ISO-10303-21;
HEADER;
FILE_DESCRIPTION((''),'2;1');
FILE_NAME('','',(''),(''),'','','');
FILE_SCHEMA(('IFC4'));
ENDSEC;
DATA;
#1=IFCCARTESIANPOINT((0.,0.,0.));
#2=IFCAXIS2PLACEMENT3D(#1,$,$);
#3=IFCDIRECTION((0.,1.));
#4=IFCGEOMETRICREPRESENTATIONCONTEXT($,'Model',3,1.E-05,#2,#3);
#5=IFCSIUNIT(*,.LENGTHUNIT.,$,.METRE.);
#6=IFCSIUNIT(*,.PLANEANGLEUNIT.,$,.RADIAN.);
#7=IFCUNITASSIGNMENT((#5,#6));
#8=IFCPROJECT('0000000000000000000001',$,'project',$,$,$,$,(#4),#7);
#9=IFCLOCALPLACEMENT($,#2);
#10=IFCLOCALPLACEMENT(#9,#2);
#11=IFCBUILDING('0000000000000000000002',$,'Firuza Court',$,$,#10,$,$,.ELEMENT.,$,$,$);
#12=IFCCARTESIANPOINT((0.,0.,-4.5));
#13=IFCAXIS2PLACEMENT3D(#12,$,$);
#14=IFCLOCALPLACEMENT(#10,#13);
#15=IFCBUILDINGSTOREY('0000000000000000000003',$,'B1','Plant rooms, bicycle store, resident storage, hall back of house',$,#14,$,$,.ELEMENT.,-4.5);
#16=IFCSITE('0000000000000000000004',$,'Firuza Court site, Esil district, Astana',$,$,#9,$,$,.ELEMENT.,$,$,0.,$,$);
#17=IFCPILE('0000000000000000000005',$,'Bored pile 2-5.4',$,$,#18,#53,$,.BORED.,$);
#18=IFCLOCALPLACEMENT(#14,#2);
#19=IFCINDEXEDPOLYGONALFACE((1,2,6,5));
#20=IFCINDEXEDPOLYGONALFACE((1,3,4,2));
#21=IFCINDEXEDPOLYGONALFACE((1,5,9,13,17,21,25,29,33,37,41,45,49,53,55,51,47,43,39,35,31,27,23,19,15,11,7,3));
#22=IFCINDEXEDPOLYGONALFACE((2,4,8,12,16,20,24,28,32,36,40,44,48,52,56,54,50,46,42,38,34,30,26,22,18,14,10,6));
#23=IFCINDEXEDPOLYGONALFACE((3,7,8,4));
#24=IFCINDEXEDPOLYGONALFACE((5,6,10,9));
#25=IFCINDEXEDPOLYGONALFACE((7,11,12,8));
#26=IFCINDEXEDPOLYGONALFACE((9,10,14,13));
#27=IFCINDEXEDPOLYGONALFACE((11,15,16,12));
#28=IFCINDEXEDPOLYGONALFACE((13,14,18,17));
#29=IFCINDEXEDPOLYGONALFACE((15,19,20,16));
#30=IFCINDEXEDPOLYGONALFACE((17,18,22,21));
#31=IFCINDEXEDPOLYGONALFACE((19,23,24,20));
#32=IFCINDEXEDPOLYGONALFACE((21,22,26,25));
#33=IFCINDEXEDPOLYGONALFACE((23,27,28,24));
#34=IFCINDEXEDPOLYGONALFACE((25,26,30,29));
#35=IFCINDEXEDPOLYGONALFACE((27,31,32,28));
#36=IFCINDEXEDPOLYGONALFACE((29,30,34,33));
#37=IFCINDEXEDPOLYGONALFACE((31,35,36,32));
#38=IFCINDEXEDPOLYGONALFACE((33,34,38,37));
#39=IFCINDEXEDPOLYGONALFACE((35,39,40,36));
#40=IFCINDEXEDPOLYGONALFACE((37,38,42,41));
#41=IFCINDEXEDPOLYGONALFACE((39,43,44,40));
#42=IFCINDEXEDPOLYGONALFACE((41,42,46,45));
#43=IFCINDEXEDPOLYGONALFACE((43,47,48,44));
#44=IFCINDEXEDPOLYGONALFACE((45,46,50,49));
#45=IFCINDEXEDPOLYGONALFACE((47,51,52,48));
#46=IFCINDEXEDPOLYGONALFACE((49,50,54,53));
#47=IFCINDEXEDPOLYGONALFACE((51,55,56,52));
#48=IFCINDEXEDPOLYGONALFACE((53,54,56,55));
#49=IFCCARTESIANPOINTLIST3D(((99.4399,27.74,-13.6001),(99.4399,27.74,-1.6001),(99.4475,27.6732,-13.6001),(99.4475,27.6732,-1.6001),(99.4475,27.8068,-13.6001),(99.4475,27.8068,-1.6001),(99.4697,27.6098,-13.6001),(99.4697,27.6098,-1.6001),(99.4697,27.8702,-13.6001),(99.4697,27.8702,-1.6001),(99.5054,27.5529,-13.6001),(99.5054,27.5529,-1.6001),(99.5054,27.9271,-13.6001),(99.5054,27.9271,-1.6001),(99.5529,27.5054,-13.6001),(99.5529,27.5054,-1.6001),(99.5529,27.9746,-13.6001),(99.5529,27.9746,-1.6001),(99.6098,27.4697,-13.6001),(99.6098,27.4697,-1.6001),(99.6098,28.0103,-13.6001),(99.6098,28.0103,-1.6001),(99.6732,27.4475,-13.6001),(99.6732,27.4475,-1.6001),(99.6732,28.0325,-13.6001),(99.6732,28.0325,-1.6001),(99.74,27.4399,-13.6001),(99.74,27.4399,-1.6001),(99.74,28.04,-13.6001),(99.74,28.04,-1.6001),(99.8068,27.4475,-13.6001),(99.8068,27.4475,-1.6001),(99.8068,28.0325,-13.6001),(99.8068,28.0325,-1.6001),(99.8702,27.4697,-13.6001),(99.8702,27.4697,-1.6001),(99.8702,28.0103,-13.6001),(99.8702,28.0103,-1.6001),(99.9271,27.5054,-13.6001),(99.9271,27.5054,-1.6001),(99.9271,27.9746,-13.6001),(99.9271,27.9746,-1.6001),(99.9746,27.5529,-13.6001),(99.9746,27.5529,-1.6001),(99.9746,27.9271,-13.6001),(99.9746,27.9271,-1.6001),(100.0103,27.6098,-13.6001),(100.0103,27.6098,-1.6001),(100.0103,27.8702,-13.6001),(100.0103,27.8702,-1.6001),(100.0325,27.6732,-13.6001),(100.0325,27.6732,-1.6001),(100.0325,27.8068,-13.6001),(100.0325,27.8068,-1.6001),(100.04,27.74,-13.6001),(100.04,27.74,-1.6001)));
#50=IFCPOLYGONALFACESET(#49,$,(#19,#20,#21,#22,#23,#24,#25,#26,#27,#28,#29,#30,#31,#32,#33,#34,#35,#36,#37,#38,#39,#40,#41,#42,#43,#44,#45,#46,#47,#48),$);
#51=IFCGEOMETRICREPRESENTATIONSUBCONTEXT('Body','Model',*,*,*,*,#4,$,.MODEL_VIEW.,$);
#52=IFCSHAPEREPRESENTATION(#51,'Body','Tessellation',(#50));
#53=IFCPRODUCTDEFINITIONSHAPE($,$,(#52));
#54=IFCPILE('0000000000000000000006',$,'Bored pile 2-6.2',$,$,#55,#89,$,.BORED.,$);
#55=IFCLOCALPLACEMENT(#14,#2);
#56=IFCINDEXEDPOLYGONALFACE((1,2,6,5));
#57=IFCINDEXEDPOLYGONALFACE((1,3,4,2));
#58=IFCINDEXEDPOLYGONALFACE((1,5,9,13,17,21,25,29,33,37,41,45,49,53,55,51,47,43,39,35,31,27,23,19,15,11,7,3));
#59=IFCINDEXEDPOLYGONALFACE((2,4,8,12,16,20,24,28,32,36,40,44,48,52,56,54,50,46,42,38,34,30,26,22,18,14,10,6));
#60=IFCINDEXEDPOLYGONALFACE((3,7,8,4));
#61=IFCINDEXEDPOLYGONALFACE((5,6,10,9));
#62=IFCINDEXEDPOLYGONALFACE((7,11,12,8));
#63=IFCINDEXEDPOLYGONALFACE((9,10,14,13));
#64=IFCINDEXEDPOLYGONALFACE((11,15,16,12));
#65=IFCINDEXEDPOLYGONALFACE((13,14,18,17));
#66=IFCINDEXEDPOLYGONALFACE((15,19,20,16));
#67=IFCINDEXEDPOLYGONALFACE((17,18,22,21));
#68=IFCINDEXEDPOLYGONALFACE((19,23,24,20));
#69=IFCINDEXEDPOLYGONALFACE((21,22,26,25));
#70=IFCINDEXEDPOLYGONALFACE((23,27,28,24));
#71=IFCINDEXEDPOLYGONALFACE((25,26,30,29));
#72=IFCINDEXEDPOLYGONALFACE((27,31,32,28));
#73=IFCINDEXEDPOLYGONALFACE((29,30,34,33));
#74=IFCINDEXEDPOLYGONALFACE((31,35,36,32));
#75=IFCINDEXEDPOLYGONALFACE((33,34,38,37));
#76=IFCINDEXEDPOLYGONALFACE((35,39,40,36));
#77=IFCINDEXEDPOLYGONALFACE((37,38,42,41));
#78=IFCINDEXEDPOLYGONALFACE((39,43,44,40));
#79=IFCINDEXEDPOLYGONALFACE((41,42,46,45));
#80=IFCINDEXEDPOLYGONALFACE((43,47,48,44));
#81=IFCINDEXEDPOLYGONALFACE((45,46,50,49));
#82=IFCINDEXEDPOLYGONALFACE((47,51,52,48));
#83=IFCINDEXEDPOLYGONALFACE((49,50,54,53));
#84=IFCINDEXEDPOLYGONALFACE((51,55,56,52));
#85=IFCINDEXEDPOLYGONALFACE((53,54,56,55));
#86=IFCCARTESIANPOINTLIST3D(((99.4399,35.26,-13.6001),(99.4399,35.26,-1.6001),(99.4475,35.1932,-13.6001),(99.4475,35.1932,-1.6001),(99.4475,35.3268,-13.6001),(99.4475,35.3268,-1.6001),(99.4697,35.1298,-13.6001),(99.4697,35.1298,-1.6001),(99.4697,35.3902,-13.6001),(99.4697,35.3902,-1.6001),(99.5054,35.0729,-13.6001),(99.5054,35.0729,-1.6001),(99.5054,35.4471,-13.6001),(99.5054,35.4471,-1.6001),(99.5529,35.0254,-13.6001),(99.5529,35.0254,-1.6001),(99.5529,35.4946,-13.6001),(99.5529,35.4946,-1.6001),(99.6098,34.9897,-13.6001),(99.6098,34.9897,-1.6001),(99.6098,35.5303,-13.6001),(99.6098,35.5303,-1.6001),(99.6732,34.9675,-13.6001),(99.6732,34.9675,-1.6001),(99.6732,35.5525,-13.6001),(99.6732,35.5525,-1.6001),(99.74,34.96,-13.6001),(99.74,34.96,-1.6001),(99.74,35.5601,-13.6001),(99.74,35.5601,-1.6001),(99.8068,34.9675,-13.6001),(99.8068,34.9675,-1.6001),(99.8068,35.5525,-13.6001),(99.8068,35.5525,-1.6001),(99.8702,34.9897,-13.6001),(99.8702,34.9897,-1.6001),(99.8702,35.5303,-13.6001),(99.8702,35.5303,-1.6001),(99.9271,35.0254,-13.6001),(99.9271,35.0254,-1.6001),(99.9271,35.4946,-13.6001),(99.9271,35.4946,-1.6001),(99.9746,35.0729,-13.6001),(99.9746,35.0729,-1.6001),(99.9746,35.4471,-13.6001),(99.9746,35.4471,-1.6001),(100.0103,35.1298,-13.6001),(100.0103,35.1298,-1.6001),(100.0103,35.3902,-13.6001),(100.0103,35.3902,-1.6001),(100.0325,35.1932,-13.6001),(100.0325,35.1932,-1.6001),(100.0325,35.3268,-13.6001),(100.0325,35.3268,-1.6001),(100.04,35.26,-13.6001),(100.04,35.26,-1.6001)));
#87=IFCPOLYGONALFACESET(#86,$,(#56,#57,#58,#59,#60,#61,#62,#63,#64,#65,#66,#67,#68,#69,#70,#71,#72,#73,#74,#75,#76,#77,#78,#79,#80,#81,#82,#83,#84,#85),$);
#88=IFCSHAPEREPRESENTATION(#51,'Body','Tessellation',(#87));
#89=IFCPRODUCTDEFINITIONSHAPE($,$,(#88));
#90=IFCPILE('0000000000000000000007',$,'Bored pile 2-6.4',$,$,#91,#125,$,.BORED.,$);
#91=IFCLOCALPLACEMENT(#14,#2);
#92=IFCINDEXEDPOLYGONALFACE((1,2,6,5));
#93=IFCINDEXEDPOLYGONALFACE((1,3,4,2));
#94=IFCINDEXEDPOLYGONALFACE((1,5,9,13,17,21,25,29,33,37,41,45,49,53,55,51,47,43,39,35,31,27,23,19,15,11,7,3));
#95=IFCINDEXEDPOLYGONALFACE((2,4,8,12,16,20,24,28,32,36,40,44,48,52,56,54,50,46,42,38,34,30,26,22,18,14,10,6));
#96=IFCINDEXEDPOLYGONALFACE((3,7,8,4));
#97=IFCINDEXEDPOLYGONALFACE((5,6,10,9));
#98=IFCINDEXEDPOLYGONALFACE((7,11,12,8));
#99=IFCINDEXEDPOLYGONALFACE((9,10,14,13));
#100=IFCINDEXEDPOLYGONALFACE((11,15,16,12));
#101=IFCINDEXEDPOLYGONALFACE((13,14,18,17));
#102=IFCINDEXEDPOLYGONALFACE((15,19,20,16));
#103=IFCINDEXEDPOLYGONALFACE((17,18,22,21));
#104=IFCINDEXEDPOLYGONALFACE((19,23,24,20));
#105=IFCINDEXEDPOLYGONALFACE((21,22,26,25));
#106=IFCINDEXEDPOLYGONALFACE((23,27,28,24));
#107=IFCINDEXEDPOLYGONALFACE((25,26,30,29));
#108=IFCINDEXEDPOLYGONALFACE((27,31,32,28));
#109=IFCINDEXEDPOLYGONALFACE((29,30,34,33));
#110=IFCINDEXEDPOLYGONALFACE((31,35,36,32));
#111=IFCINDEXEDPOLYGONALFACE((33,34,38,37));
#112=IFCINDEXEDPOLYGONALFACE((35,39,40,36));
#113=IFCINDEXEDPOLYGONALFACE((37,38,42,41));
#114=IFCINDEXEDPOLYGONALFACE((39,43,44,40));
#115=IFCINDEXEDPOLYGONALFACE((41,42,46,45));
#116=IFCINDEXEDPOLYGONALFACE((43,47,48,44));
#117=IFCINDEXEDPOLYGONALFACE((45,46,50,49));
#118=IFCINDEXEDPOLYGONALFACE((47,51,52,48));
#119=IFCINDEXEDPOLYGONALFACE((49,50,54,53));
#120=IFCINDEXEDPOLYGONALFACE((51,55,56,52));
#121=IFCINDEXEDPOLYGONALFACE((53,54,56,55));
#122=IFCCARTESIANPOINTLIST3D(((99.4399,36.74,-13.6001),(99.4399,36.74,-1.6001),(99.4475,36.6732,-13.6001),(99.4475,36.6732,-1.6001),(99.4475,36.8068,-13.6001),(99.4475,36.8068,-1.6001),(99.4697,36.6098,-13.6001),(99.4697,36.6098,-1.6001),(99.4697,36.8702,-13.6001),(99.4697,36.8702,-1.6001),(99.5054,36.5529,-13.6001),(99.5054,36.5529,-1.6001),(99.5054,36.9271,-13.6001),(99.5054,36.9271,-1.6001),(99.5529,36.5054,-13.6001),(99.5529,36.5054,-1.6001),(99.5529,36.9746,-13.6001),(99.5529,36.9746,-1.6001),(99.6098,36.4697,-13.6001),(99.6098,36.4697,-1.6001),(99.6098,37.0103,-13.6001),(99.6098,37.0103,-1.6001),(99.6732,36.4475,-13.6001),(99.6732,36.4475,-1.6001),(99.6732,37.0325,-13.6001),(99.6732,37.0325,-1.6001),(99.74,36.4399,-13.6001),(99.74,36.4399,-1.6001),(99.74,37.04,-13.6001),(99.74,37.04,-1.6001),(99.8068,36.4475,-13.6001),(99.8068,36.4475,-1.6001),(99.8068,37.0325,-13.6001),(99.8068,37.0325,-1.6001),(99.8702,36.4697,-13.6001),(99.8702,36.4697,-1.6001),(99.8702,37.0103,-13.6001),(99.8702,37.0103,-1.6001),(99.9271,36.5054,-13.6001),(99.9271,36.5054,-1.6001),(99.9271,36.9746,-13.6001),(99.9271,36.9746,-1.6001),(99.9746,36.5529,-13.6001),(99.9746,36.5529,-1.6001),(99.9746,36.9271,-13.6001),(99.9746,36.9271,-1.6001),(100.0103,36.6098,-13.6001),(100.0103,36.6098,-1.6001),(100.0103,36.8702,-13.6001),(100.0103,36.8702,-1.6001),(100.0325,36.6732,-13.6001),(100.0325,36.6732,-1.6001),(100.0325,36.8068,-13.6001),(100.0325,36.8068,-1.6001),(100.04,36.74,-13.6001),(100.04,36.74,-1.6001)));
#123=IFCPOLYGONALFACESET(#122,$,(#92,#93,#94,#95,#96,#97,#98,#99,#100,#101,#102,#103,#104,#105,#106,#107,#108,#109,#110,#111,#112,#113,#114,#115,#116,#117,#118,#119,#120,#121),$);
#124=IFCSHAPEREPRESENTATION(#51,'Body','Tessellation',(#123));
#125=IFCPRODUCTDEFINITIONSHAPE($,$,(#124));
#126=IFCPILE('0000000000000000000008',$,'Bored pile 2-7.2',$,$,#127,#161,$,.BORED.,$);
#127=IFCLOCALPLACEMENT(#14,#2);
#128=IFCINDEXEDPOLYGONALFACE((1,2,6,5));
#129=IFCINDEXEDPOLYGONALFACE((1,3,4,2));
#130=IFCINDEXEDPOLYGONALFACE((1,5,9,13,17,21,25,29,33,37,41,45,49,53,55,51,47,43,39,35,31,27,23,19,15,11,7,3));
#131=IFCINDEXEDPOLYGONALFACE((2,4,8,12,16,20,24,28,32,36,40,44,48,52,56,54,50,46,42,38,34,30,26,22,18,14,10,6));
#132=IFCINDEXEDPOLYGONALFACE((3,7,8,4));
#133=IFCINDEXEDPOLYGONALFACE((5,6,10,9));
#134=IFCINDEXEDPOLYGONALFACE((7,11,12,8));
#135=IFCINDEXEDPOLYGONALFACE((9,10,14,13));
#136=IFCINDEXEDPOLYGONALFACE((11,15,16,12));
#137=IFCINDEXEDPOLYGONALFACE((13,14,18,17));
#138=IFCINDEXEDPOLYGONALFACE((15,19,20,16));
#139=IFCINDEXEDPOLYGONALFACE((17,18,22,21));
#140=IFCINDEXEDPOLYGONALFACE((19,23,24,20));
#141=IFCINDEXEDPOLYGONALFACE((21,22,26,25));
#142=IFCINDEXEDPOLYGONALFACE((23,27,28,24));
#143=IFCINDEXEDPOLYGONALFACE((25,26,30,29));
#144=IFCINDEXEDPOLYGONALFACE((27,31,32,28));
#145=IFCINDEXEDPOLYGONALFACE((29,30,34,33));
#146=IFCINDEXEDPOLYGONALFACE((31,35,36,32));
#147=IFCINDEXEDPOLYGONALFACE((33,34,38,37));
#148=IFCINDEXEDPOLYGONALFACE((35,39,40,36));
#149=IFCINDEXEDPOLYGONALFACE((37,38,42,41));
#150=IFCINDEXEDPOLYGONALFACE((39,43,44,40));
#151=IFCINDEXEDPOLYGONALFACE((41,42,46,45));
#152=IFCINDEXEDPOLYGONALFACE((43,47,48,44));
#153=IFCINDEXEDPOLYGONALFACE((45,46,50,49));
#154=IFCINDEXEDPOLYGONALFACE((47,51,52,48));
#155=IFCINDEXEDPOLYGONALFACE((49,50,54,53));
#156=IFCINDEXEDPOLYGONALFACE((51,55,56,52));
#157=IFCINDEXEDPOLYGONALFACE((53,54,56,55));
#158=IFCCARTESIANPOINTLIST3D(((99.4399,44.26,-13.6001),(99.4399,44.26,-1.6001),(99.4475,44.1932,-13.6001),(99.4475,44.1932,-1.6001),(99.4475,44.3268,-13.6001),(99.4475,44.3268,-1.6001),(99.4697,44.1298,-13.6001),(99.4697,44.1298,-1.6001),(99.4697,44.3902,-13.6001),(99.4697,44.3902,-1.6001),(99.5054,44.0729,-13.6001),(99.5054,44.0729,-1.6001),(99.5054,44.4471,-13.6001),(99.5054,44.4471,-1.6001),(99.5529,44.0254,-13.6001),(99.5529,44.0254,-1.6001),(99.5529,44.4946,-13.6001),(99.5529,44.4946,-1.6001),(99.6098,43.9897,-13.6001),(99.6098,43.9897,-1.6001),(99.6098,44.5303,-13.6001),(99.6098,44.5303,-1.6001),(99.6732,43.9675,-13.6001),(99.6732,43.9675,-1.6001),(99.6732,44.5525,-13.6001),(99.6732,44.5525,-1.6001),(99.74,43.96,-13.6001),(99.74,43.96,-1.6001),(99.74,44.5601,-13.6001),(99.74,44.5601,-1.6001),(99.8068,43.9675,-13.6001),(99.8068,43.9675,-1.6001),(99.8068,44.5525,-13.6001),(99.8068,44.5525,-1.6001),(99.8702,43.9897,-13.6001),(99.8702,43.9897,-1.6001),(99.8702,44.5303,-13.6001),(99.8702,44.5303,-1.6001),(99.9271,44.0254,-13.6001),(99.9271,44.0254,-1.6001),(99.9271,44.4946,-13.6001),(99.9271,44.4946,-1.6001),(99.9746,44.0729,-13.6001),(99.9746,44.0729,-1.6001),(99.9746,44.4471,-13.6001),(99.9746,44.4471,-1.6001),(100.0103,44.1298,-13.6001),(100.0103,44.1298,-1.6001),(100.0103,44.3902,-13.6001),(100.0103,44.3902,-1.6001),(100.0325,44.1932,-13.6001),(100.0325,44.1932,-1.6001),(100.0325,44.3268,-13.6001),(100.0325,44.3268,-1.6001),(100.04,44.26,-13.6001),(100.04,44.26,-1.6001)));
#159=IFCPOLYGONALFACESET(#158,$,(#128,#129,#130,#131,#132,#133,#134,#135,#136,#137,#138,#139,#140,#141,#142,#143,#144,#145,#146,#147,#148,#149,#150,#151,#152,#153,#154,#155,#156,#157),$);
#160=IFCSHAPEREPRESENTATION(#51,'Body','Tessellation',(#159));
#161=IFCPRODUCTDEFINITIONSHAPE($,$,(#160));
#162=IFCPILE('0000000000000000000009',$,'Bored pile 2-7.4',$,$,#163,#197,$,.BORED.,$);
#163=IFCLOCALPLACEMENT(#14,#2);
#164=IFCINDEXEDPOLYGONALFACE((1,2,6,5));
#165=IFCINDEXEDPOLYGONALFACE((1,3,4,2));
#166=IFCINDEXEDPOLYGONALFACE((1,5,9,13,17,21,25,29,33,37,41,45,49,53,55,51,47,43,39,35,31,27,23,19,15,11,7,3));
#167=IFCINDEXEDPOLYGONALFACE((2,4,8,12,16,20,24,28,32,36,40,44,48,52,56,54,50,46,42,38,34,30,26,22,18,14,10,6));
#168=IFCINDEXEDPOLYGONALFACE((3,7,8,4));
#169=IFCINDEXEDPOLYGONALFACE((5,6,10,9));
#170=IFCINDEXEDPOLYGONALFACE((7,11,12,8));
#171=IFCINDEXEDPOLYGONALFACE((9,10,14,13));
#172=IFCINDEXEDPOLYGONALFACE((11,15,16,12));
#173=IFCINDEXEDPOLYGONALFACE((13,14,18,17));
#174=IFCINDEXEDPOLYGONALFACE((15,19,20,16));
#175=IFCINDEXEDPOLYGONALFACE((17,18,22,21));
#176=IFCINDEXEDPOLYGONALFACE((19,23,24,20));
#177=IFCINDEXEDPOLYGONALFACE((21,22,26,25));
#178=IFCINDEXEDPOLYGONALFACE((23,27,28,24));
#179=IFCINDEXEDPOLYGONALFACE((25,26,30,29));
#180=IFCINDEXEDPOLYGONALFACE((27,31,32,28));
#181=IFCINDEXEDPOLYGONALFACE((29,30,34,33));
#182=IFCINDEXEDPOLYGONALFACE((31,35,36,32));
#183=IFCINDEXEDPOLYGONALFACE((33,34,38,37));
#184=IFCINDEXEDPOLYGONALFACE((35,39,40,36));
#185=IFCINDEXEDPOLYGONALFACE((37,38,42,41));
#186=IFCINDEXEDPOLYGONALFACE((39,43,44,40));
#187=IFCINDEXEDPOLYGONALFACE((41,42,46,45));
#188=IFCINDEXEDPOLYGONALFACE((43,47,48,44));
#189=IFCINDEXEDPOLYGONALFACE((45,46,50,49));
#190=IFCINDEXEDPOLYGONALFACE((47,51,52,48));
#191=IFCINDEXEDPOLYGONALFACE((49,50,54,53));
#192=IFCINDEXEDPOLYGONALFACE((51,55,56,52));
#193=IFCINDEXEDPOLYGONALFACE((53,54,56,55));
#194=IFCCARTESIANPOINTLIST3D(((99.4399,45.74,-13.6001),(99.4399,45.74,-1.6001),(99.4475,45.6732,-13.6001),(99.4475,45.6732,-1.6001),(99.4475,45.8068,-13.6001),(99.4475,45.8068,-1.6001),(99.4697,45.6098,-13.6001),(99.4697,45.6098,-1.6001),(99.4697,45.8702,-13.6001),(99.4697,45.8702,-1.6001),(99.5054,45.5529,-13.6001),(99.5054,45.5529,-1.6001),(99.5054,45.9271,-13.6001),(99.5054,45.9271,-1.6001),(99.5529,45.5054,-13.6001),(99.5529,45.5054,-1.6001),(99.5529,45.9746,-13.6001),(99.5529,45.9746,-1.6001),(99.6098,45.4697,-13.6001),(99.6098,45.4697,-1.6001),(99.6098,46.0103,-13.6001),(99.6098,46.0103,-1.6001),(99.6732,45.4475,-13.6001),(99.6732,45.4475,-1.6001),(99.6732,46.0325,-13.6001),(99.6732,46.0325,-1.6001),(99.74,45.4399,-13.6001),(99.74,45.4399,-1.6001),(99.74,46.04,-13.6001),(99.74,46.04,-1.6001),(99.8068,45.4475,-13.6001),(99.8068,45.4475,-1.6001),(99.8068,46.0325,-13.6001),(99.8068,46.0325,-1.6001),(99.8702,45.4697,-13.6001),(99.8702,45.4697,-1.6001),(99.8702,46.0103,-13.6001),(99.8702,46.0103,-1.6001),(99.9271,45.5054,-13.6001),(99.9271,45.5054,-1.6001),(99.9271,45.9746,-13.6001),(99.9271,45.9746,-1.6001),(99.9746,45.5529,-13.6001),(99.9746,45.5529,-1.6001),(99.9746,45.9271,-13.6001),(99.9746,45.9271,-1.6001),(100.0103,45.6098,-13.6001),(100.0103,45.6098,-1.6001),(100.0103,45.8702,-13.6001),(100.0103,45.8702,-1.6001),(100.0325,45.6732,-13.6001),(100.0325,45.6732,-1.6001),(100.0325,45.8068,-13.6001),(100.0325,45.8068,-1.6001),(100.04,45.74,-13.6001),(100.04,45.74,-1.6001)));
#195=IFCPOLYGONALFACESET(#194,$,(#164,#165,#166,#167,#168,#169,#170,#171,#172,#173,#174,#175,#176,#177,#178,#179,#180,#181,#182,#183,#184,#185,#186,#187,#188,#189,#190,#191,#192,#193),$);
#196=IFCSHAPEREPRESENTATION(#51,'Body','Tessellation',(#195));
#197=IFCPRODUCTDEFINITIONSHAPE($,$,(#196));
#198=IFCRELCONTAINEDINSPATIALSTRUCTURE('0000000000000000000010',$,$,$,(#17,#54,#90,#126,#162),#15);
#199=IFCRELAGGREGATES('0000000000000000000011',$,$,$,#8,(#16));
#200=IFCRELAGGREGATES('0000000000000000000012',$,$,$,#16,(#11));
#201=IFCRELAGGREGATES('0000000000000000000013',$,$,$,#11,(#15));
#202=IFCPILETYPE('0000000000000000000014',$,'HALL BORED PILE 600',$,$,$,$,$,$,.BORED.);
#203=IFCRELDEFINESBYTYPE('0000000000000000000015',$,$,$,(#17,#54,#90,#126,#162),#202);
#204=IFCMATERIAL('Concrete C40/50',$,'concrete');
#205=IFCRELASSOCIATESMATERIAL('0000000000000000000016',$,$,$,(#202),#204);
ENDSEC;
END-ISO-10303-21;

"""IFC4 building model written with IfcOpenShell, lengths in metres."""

from ifc_helpers import new_model, si_unit, direction, frame, origin, origin_2d, place, context, subcontext, project, spatial, circle, extrude, material, material_profile, profile_set, type_object, element, save


model = new_model("IFC4")

# Units and contexts
model_context = context("Model", 3, precision=1e-05, world=origin(), true_north=direction((0.0, 1.0)))
body_context = subcontext(model_context, "Body", "Model", "MODEL_VIEW")
ifc_project = project(units=[si_unit("LENGTHUNIT", "METRE"), si_unit("PLANEANGLEUNIT", "RADIAN")], contexts=[model_context])

# Site, building, storey
site_placement = place(None, origin())
site = spatial("IfcSite", under=ifc_project, at=site_placement, Name="Firuza Court site, Esil district, Astana", CompositionType="ELEMENT", RefElevation=0.0)
building_placement = place(site_placement, origin())
building = spatial("IfcBuilding", under=site, at=building_placement, Name="Firuza Court", CompositionType="ELEMENT")
storey_placement = place(building_placement, frame((0.0, 0.0, -4.5)))
storey = spatial("IfcBuildingStorey", under=building, at=storey_placement, Name="B1", Description="Plant rooms, bicycle store, resident storage, hall back of house", CompositionType="ELEMENT", Elevation=-4.5)

# Piles
ifc_material_1 = material(Name="Concrete C40/50", Category="concrete")
ifc_material_profile_1 = material_profile(ifc_material_1, circle(Radius=0.3, at=origin_2d()), Name="PILE 600")
ifc_profile_set_1 = profile_set([ifc_material_profile_1], Name="Concrete C40/50")
pile_type = type_object("IfcPileType", Name="HALL BORED PILE 600", PredefinedType="BORED", material=ifc_profile_set_1)
for number, where, z_axis, x_axis, name in (
    (1, (99.74, 27.74, -1.6001), (0.0, 0.0, -1.0), (1.0, 0.0, 0.0), "Bored pile 2-5.4"),
    (2, (99.74, 35.26, -1.6001), (0.0, 0.0, -1.0), (1.0, 0.0, 0.0), "Bored pile 2-6.2"),
    (3, (99.74, 36.74, -1.6001), (0.0, 0.0, -1.0), (1.0, 0.0, 0.0), "Bored pile 2-6.4"),
    (4, (99.74, 44.26, -1.6001), (0.0, 0.0, -1.0), (1.0, 0.0, 0.0), "Bored pile 2-7.2"),
    (5, (99.74, 45.74, -1.6001), (0.0, 0.0, -1.0), (1.0, 0.0, 0.0), "Bored pile 2-7.4"),
):
    element("IfcPile", number, at=place(storey_placement, frame(where, z_axis=z_axis, x_axis=x_axis)), inside=storey, type_object=pile_type, Name=name, PredefinedType="BORED", context=body_context, shape_type="SweptSolid", body=[
        extrude(circle(Radius=0.3, at=origin_2d()), origin(), (0.0, 0.0, 1.0), 12.0),
    ])

save(model, "model.ifc")
